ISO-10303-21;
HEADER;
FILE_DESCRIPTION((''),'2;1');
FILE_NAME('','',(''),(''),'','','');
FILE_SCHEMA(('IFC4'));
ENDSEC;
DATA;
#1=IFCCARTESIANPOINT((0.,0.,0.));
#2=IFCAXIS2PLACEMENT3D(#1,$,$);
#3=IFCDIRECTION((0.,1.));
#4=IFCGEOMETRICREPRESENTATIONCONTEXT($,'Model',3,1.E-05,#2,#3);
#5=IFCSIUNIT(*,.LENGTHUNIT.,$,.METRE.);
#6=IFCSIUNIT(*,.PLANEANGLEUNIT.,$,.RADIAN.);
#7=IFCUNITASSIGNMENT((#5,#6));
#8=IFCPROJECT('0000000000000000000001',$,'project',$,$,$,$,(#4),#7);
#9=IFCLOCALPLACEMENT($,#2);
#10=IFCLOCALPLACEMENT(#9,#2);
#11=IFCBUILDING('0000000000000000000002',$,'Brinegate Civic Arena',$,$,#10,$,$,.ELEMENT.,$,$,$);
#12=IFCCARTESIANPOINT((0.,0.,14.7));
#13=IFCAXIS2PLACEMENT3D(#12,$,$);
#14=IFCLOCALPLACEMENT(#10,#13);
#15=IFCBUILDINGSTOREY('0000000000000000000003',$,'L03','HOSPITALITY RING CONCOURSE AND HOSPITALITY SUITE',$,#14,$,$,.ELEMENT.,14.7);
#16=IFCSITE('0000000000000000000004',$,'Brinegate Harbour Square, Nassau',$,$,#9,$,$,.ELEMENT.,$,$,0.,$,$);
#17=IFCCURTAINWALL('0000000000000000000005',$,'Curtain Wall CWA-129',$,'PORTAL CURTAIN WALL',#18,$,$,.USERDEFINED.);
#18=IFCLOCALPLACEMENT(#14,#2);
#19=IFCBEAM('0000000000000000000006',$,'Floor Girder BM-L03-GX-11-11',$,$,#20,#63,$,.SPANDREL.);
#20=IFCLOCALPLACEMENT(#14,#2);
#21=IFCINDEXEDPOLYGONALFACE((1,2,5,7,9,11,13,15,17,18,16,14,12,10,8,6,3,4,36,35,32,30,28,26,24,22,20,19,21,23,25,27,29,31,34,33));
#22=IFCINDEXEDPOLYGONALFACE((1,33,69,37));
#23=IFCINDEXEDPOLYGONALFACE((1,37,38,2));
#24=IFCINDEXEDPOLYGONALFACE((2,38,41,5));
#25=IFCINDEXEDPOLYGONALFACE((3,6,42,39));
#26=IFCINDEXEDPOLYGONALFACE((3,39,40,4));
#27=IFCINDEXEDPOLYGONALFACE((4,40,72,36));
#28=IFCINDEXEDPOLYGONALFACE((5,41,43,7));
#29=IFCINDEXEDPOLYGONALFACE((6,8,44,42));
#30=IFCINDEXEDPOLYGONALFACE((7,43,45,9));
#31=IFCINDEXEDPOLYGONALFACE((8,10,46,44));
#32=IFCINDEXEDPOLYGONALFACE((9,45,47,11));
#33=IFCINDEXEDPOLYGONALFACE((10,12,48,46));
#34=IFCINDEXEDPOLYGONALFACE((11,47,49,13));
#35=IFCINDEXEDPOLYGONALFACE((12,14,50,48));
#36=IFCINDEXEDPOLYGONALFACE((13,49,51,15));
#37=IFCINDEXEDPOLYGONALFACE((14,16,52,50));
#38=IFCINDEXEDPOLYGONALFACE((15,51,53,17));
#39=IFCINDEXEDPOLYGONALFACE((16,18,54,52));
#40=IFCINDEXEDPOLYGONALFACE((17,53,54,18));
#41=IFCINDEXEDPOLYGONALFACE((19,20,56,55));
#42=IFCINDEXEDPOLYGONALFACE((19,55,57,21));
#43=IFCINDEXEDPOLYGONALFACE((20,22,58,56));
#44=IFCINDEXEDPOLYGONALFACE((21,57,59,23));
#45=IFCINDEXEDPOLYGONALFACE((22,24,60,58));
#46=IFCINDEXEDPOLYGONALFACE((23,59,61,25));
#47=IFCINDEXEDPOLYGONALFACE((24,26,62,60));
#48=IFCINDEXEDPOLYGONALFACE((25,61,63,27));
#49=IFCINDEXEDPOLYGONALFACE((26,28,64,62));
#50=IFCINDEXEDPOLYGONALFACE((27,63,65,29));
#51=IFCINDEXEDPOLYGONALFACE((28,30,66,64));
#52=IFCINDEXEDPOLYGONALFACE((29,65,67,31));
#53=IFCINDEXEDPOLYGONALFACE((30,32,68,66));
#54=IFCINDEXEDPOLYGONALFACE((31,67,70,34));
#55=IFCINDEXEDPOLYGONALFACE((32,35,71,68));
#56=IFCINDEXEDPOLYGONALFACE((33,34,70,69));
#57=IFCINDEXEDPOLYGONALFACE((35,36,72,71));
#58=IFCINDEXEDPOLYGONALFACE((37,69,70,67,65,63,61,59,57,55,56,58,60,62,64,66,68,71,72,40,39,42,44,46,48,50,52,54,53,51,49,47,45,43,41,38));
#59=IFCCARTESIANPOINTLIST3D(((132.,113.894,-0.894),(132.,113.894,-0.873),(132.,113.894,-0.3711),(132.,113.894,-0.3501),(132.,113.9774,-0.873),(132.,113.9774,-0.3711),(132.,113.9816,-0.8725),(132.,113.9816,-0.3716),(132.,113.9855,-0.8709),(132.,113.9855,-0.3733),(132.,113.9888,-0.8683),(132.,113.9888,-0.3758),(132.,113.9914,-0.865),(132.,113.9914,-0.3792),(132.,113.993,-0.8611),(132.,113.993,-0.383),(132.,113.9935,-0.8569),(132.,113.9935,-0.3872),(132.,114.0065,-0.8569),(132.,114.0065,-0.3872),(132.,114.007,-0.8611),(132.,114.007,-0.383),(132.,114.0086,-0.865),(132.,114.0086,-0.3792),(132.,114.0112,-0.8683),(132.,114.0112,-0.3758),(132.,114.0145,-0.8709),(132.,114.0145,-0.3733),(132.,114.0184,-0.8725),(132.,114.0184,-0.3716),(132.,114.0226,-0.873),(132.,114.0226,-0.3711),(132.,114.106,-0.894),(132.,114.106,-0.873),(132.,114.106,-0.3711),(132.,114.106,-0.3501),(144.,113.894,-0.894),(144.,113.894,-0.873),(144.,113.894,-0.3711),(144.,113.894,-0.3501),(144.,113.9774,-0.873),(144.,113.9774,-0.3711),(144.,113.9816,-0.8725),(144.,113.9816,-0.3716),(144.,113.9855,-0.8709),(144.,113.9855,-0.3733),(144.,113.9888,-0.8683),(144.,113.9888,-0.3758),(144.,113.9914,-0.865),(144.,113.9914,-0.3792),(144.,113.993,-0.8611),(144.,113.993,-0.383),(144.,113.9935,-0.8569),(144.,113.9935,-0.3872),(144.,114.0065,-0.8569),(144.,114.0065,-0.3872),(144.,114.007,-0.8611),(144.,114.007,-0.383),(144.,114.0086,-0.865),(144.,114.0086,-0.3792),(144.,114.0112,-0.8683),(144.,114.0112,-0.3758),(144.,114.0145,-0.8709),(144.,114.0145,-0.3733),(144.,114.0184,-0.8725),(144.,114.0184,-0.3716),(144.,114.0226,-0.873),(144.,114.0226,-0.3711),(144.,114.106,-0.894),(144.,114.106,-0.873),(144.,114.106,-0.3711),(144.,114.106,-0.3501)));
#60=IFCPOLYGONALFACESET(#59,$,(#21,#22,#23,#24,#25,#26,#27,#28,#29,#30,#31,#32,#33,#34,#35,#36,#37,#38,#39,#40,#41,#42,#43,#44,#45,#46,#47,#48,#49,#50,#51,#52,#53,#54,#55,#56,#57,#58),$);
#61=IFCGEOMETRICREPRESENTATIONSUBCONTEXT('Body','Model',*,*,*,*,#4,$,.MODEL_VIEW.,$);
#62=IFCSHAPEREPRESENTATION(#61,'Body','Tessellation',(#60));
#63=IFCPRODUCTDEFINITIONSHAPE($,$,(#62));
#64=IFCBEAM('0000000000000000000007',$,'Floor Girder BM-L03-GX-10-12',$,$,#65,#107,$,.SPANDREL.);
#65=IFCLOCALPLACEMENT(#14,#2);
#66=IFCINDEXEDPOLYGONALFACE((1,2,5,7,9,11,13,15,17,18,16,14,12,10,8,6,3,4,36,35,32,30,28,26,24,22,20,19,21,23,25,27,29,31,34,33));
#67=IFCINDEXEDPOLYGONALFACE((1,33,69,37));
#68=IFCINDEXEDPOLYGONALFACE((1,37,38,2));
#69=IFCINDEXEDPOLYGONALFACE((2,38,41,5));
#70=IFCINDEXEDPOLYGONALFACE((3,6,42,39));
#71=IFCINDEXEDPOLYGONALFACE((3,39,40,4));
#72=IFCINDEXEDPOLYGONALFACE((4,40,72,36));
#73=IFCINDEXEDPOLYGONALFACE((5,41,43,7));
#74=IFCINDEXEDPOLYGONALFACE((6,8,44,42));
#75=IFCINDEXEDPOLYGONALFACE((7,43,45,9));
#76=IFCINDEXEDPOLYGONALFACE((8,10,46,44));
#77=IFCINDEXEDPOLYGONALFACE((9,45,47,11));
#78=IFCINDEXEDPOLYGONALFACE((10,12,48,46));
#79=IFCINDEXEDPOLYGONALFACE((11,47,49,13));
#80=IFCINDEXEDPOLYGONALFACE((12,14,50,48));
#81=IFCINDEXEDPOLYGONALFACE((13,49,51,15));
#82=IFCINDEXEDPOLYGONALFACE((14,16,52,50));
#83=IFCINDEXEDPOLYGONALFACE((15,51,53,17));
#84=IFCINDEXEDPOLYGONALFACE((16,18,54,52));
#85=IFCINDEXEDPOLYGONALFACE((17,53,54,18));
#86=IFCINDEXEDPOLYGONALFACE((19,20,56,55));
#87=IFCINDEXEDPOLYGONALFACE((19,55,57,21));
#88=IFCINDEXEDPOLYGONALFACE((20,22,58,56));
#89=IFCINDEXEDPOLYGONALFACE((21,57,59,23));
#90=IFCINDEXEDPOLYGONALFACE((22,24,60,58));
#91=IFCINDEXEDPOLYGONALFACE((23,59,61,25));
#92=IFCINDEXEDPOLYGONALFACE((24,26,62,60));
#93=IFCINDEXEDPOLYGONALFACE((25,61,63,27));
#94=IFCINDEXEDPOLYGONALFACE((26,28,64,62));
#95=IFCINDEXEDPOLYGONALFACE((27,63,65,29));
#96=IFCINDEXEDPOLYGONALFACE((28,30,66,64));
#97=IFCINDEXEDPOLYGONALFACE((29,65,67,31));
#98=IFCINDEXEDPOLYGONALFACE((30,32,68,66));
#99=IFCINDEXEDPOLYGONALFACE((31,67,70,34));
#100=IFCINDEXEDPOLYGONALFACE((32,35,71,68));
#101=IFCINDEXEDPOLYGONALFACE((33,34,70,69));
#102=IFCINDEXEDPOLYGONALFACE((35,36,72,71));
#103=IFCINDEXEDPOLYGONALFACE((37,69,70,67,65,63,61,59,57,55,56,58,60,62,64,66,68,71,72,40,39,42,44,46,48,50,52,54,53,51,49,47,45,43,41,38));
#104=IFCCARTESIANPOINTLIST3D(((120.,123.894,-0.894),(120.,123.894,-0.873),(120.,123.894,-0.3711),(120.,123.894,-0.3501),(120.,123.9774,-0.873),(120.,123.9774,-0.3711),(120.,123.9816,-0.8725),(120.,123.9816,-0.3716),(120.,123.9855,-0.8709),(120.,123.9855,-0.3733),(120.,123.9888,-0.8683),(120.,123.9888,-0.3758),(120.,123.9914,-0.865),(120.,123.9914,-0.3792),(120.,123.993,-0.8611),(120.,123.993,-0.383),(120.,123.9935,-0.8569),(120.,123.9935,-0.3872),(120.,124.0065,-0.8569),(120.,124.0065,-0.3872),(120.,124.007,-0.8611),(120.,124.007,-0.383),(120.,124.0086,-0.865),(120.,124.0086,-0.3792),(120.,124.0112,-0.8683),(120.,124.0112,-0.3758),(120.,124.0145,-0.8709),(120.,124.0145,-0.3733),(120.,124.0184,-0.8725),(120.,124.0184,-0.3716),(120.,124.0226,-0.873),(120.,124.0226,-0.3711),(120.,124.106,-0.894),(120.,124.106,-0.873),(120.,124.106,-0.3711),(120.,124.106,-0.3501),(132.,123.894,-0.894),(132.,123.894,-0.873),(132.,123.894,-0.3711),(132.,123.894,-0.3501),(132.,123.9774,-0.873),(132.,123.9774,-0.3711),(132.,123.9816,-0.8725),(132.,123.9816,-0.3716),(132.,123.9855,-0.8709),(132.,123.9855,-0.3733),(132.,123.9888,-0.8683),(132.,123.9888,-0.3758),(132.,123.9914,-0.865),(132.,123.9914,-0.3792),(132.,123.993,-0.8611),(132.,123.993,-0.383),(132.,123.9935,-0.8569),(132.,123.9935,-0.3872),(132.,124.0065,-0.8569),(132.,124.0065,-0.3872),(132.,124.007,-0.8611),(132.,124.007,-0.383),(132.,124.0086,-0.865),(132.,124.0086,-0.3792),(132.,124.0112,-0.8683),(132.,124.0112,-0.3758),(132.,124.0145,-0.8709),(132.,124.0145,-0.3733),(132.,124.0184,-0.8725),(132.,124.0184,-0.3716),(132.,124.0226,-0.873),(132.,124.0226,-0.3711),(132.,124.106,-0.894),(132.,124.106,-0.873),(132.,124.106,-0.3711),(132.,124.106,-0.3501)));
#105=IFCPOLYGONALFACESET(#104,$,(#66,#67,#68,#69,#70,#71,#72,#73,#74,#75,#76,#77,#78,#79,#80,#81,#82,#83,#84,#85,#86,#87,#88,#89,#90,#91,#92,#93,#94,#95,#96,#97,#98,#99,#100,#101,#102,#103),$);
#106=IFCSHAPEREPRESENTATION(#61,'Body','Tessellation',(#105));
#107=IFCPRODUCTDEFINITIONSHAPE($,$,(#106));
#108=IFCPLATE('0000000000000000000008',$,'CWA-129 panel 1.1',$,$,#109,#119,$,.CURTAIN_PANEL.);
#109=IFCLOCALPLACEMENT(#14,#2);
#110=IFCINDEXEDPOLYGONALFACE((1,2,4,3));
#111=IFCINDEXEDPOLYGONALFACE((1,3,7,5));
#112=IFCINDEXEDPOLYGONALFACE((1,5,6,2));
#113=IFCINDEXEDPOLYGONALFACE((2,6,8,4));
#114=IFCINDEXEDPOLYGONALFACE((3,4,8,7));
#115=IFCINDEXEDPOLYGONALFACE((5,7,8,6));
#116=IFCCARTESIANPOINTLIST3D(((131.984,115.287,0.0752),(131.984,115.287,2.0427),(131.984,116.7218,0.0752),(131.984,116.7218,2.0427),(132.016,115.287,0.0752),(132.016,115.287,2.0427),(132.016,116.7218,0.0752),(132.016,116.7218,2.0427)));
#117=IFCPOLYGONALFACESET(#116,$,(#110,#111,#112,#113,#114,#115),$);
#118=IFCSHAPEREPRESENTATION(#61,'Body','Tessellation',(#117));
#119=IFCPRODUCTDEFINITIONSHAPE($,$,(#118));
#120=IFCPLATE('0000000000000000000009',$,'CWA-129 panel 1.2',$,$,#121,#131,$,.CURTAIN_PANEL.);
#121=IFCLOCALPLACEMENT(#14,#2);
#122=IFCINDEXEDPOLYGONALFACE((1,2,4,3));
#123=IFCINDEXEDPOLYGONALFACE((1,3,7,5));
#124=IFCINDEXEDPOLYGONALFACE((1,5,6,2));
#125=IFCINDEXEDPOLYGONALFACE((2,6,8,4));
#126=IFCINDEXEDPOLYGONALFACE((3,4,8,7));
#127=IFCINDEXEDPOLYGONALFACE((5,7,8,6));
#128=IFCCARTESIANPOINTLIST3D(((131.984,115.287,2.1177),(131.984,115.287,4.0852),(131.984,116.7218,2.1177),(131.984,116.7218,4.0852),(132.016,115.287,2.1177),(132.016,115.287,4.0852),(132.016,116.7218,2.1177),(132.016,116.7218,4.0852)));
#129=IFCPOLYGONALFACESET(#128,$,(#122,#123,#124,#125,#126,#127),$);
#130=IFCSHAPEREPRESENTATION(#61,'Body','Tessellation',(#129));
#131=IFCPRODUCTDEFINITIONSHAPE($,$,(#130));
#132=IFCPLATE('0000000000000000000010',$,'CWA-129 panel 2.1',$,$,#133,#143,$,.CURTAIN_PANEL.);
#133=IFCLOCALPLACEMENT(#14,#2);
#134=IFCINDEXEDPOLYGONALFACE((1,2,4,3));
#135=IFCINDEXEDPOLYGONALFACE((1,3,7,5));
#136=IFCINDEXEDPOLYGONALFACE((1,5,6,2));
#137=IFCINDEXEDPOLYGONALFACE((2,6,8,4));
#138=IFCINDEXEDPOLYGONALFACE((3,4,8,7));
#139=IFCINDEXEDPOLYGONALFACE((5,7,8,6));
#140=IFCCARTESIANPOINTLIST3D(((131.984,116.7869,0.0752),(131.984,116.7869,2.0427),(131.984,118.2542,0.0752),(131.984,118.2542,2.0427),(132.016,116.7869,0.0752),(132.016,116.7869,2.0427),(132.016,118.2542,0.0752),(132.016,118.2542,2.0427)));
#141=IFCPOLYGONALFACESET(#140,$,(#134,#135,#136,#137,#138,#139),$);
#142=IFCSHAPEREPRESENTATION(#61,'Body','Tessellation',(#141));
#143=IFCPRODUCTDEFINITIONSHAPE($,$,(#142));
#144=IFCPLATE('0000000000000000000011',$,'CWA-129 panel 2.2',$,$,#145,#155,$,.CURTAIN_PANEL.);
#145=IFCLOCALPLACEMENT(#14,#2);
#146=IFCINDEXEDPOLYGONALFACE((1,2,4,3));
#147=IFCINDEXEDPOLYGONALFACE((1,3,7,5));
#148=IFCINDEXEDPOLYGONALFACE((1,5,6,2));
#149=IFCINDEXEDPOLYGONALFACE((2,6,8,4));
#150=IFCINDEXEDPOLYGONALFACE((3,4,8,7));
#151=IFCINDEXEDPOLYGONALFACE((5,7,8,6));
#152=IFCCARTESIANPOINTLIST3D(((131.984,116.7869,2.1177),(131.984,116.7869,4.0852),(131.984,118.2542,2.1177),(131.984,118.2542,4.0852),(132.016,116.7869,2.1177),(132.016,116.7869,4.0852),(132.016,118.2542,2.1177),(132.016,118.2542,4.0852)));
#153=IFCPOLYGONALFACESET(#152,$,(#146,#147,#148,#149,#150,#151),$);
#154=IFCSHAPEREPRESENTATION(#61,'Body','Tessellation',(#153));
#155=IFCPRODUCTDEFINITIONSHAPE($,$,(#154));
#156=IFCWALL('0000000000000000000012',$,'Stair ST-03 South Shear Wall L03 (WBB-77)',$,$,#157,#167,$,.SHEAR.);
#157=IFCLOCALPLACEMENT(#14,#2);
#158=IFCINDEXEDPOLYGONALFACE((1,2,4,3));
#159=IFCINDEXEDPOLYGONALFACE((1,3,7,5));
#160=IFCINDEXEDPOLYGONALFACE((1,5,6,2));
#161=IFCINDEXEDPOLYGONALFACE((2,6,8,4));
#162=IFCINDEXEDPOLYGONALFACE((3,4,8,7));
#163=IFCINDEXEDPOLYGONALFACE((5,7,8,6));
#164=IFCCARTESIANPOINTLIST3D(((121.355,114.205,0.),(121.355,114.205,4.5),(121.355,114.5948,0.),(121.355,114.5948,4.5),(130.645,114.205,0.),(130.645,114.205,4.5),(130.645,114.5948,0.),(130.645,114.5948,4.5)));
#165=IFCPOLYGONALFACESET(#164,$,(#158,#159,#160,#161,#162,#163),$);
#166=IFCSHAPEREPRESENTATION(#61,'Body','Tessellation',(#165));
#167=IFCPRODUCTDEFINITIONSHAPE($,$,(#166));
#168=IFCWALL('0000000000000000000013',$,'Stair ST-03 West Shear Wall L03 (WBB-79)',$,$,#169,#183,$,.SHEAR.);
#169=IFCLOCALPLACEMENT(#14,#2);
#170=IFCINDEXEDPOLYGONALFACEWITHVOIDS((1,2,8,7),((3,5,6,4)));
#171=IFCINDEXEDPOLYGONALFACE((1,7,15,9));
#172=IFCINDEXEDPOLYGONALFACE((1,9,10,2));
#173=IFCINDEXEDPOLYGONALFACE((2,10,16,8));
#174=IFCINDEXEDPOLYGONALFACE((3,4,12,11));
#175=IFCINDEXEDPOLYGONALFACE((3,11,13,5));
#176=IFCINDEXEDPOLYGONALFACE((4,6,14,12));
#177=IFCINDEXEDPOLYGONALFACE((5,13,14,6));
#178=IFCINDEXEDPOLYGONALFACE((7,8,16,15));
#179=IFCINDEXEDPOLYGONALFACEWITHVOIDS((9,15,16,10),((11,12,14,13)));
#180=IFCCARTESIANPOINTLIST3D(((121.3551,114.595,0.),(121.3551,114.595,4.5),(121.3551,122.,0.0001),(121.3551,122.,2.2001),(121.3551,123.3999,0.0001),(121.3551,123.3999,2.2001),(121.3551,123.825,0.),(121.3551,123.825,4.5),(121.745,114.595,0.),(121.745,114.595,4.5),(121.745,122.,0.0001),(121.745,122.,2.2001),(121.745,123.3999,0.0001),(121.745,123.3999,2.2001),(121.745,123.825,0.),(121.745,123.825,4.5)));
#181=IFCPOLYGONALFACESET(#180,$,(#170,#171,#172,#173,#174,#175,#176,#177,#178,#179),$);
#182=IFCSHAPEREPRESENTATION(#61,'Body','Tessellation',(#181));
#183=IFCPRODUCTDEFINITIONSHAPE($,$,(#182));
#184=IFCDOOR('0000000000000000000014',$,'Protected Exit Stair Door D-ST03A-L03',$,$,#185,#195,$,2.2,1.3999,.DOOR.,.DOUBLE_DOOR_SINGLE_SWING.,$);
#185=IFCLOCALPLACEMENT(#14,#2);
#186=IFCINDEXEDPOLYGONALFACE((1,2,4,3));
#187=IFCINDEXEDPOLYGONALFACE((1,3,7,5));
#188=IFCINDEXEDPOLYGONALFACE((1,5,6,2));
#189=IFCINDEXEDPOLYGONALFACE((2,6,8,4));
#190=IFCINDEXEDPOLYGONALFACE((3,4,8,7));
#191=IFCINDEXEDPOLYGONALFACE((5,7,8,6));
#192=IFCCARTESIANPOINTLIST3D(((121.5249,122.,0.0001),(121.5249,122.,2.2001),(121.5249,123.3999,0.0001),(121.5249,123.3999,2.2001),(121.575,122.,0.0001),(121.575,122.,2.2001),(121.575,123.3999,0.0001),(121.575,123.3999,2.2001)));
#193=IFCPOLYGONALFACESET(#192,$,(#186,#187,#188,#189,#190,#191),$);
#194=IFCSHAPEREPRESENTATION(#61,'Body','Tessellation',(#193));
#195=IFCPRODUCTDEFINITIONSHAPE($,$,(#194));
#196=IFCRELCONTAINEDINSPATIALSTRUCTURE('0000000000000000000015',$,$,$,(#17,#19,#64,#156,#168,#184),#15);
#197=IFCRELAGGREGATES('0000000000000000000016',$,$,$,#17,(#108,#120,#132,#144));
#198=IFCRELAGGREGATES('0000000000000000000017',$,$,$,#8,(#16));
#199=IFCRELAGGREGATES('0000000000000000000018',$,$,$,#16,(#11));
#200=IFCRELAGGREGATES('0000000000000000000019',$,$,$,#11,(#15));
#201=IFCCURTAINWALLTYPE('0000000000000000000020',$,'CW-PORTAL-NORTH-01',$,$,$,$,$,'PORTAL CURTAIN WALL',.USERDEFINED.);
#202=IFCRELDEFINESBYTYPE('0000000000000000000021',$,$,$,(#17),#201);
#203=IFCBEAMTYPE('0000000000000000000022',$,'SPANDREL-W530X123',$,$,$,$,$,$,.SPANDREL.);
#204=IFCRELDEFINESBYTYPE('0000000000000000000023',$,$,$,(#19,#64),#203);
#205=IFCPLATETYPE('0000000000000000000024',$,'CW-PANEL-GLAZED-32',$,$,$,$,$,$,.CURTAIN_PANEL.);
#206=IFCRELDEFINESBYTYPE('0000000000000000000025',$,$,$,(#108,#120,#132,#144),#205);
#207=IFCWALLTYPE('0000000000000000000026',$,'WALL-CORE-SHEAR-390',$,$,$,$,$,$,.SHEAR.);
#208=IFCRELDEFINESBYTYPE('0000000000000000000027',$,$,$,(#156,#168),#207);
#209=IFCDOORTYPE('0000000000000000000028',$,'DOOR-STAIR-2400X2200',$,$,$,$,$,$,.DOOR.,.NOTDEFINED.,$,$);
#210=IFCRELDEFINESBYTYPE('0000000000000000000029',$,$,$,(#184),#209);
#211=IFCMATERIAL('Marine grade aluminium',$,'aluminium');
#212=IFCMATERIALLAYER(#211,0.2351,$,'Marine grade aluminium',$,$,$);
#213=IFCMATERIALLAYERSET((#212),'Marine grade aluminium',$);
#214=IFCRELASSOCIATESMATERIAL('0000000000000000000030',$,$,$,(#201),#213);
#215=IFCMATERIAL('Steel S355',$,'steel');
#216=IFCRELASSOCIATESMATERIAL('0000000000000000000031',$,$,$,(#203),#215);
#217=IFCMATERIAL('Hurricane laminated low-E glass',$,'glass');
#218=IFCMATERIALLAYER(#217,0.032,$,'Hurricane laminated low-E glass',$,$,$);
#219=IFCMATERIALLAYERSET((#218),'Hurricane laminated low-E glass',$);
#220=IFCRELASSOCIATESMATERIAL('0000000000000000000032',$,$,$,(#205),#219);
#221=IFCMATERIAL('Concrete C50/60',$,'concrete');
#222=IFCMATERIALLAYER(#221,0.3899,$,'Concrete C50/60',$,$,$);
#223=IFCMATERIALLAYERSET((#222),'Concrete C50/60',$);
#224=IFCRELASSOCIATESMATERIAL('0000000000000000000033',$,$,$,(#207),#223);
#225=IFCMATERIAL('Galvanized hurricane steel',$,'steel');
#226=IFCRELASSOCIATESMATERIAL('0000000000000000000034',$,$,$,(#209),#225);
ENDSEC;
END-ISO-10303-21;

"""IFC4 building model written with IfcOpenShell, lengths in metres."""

from ifc_helpers import new_model, si_unit, direction, frame, frame_2d, origin, origin_2d, place, context, subcontext, project, spatial, rectangle, i_section, extrude, material, layer, layer_set, material_profile, profile_set, type_object, element, fill, aggregate, save


model = new_model("IFC4")

# Units and contexts
model_context = context("Model", 3, precision=1e-05, world=origin(), true_north=direction((0.0, 1.0)))
body_context = subcontext(model_context, "Body", "Model", "MODEL_VIEW")
ifc_project = project(units=[si_unit("LENGTHUNIT", "METRE"), si_unit("PLANEANGLEUNIT", "RADIAN")], contexts=[model_context])

# Site, building, storey
site_placement = place(None, origin())
site = spatial("IfcSite", under=ifc_project, at=site_placement, Name="Brinegate Harbour Square, Nassau", CompositionType="ELEMENT", RefElevation=0.0)
building_placement = place(site_placement, origin())
building = spatial("IfcBuilding", under=site, at=building_placement, Name="Brinegate Civic Arena", CompositionType="ELEMENT")
storey_placement = place(building_placement, frame((0.0, 0.0, 14.7)))
storey = spatial("IfcBuildingStorey", under=building, at=storey_placement, Name="L03", Description="HOSPITALITY RING CONCOURSE AND HOSPITALITY SUITE", CompositionType="ELEMENT", Elevation=14.7)

# Shared definitions
ifc_material_1 = material(Name="Concrete C50/60", Category="concrete")

# Curtain wall
ifc_material_2 = material(Name="Marine grade aluminium", Category="aluminium")
ifc_layer_1 = layer(ifc_material_2, 0.2351, Name="Marine grade aluminium")
ifc_layer_set_1 = layer_set([ifc_layer_1], Name="Marine grade aluminium")
curtain_wall_type = type_object("IfcCurtainWallType", Name="CW-PORTAL-NORTH-01", ElementType="PORTAL CURTAIN WALL", PredefinedType="USERDEFINED", material=ifc_layer_set_1)
curtain_wall_placement = place(storey_placement, origin())
curtain_wall = element("IfcCurtainWall", 1, at=curtain_wall_placement, inside=storey, type_object=curtain_wall_type, Name="Curtain Wall CWA-129", ObjectType="PORTAL CURTAIN WALL", PredefinedType="USERDEFINED")

# Beams
ifc_material_3 = material(Name="Steel S355", Category="steel")
ifc_material_profile_1 = material_profile(ifc_material_3, i_section(OverallWidth=0.2119, OverallDepth=0.5439, WebThickness=0.0129, FlangeThickness=0.021, FilletRadius=0.0161, at=origin_2d()), Name="W530X123")
ifc_profile_set_1 = profile_set([ifc_material_profile_1], Name="Steel S355")
beam_type_1 = type_object("IfcBeamType", Name="SPANDREL-W530X123", PredefinedType="SPANDREL", material=ifc_profile_set_1)
for number, where, z_axis, x_axis, name in (
    (2, (132.0, 114.0, -0.6221), (1.0, 0.0, 0.0), (0.0, 1.0, 0.0), "Floor Girder BM-L03-GX-11-11"),
    (3, (120.0, 124.0, -0.6221), (1.0, 0.0, 0.0), (0.0, 1.0, 0.0), "Floor Girder BM-L03-GX-10-12"),
):
    element("IfcBeam", number, at=place(storey_placement, frame(where, z_axis=z_axis, x_axis=x_axis)), inside=storey, type_object=beam_type_1, Name=name, PredefinedType="SPANDREL", context=body_context, shape_type="SweptSolid", body=[
        extrude(i_section(OverallWidth=0.2119, OverallDepth=0.5439, WebThickness=0.0129, FlangeThickness=0.021, FilletRadius=0.0161, at=origin_2d()), origin(), (0.0, 0.0, 1.0), 12.0),
    ])

# Plates
ifc_material_4 = material(Name="Hurricane laminated low-E glass", Category="glass")
ifc_layer_2 = layer(ifc_material_4, 0.032, Name="Hurricane laminated low-E glass")
ifc_layer_set_2 = layer_set([ifc_layer_2], Name="Hurricane laminated low-E glass")
plate_type = type_object("IfcPlateType", Name="CW-PANEL-GLAZED-32", PredefinedType="CURTAIN_PANEL", material=ifc_layer_set_2)
plate_1_placement = place(storey_placement, frame((132.0, 116.0044, 0.0752), z_axis=(0.0, 0.0, 1.0), x_axis=(0.0, 1.0, 0.0)))
plate_1 = element("IfcPlate", 4, at=plate_1_placement, type_object=plate_type, Name="CWA-129 panel 1.1", PredefinedType="CURTAIN_PANEL", context=body_context, shape_type="SweptSolid", body=[
    extrude(rectangle(XDim=1.4348, YDim=0.032, at=origin_2d()), origin(), (0.0, 0.0, 1.0), 1.9675),
])
plate_2_placement = place(storey_placement, frame((132.0, 116.0044, 2.1177), z_axis=(0.0, 0.0, 1.0), x_axis=(0.0, 1.0, 0.0)))
plate_2 = element("IfcPlate", 5, at=plate_2_placement, type_object=plate_type, Name="CWA-129 panel 1.2", PredefinedType="CURTAIN_PANEL", context=body_context, shape_type="SweptSolid", body=[
    extrude(rectangle(XDim=1.4348, YDim=0.032, at=origin_2d()), origin(), (0.0, 0.0, 1.0), 1.9675),
])
plate_3_placement = place(storey_placement, frame((132.0, 117.5205, 0.0752), z_axis=(0.0, 0.0, 1.0), x_axis=(0.0, 1.0, 0.0)))
plate_3 = element("IfcPlate", 6, at=plate_3_placement, type_object=plate_type, Name="CWA-129 panel 2.1", PredefinedType="CURTAIN_PANEL", context=body_context, shape_type="SweptSolid", body=[
    extrude(rectangle(XDim=1.4673, YDim=0.032, at=origin_2d()), origin(), (0.0, 0.0, 1.0), 1.9675),
])
plate_4_placement = place(storey_placement, frame((132.0, 117.5205, 2.1177), z_axis=(0.0, 0.0, 1.0), x_axis=(0.0, 1.0, 0.0)))
plate_4 = element("IfcPlate", 7, at=plate_4_placement, type_object=plate_type, Name="CWA-129 panel 2.2", PredefinedType="CURTAIN_PANEL", context=body_context, shape_type="SweptSolid", body=[
    extrude(rectangle(XDim=1.4673, YDim=0.032, at=origin_2d()), origin(), (0.0, 0.0, 1.0), 1.9675),
])
aggregate(curtain_wall, [plate_1, plate_2, plate_3, plate_4])

# Wall
ifc_layer_3 = layer(ifc_material_1, 0.3899, Name="Concrete C50/60")
ifc_layer_set_3 = layer_set([ifc_layer_3], Name="Concrete C50/60")
wall_type_1 = type_object("IfcWallType", Name="WALL-CORE-SHEAR-390", PredefinedType="SHEAR", material=ifc_layer_set_3)
wall_1_placement = place(storey_placement, frame((121.355, 114.3999, 0.0), z_axis=(0.0, 0.0, 1.0), x_axis=(1.0, 0.0, 0.0)))
element("IfcWall", 8, at=wall_1_placement, inside=storey, type_object=wall_type_1, Name="Stair ST-03 South Shear Wall L03 (WBB-77)", PredefinedType="SHEAR", context=body_context, shape_type="SweptSolid", body=[
    extrude(rectangle(XDim=9.29, YDim=0.3899, at=frame_2d((4.645, 0.0))), origin(), (0.0, 0.0, 1.0), 4.5),
])

# Wall, opening, door
wall_2_placement = place(storey_placement, frame((121.55, 114.595, 0.0), z_axis=(0.0, 0.0, 1.0), x_axis=(0.0, 1.0, 0.0)))
wall_2 = element("IfcWall", 9, at=wall_2_placement, inside=storey, type_object=wall_type_1, Name="Stair ST-03 West Shear Wall L03 (WBB-79)", PredefinedType="SHEAR", context=body_context, shape_type="SweptSolid", body=[
    extrude(rectangle(XDim=9.23, YDim=0.3899, at=frame_2d((4.615, 0.0))), origin(), (0.0, 0.0, 1.0), 4.5),
])
opening_1_placement = place(wall_2_placement, frame((7.405, 0.0, 0.0)))
opening_1 = element("IfcOpeningElement", 10, at=opening_1_placement, cuts=wall_2, PredefinedType="OPENING", context=body_context, shape_type="SweptSolid", body=[
    extrude(rectangle(XDim=1.3999, YDim=2.2, at=frame_2d((0.7, 1.1001))), frame((0.0, 0.2048, 0.0), z_axis=(0.0, -1.0, 0.0), x_axis=(1.0, 0.0, 0.0)), (0.0, 0.0, 1.0), 0.4099),
])
ifc_material_5 = material(Name="Galvanized hurricane steel", Category="steel")
door_type_1 = type_object("IfcDoorType", Name="DOOR-STAIR-2400X2200", OperationType="NOTDEFINED", PredefinedType="DOOR", material=ifc_material_5)
door_1_placement = place(opening_1_placement, frame((1.3999, 0.0, 0.0), z_axis=(0.0, 0.0, 1.0), x_axis=(-1.0, 0.0, 0.0)))
door_1 = element("IfcDoor", 11, at=door_1_placement, inside=storey, type_object=door_type_1, Name="Protected Exit Stair Door D-ST03A-L03", OperationType="DOUBLE_DOOR_SINGLE_SWING", OverallHeight=2.2, OverallWidth=1.3999, PredefinedType="DOOR", context=body_context, shape_type="SweptSolid", body=[
    extrude(rectangle(XDim=1.3999, YDim=2.2, at=frame_2d((0.7, 1.1001))), frame((0.0, 0.0249, 0.0), z_axis=(0.0, -1.0, 0.0), x_axis=(1.0, 0.0, 0.0)), (0.0, 0.0, 1.0), 0.05),
])
fill(opening_1, door_1)

save(model, "model.ifc")
